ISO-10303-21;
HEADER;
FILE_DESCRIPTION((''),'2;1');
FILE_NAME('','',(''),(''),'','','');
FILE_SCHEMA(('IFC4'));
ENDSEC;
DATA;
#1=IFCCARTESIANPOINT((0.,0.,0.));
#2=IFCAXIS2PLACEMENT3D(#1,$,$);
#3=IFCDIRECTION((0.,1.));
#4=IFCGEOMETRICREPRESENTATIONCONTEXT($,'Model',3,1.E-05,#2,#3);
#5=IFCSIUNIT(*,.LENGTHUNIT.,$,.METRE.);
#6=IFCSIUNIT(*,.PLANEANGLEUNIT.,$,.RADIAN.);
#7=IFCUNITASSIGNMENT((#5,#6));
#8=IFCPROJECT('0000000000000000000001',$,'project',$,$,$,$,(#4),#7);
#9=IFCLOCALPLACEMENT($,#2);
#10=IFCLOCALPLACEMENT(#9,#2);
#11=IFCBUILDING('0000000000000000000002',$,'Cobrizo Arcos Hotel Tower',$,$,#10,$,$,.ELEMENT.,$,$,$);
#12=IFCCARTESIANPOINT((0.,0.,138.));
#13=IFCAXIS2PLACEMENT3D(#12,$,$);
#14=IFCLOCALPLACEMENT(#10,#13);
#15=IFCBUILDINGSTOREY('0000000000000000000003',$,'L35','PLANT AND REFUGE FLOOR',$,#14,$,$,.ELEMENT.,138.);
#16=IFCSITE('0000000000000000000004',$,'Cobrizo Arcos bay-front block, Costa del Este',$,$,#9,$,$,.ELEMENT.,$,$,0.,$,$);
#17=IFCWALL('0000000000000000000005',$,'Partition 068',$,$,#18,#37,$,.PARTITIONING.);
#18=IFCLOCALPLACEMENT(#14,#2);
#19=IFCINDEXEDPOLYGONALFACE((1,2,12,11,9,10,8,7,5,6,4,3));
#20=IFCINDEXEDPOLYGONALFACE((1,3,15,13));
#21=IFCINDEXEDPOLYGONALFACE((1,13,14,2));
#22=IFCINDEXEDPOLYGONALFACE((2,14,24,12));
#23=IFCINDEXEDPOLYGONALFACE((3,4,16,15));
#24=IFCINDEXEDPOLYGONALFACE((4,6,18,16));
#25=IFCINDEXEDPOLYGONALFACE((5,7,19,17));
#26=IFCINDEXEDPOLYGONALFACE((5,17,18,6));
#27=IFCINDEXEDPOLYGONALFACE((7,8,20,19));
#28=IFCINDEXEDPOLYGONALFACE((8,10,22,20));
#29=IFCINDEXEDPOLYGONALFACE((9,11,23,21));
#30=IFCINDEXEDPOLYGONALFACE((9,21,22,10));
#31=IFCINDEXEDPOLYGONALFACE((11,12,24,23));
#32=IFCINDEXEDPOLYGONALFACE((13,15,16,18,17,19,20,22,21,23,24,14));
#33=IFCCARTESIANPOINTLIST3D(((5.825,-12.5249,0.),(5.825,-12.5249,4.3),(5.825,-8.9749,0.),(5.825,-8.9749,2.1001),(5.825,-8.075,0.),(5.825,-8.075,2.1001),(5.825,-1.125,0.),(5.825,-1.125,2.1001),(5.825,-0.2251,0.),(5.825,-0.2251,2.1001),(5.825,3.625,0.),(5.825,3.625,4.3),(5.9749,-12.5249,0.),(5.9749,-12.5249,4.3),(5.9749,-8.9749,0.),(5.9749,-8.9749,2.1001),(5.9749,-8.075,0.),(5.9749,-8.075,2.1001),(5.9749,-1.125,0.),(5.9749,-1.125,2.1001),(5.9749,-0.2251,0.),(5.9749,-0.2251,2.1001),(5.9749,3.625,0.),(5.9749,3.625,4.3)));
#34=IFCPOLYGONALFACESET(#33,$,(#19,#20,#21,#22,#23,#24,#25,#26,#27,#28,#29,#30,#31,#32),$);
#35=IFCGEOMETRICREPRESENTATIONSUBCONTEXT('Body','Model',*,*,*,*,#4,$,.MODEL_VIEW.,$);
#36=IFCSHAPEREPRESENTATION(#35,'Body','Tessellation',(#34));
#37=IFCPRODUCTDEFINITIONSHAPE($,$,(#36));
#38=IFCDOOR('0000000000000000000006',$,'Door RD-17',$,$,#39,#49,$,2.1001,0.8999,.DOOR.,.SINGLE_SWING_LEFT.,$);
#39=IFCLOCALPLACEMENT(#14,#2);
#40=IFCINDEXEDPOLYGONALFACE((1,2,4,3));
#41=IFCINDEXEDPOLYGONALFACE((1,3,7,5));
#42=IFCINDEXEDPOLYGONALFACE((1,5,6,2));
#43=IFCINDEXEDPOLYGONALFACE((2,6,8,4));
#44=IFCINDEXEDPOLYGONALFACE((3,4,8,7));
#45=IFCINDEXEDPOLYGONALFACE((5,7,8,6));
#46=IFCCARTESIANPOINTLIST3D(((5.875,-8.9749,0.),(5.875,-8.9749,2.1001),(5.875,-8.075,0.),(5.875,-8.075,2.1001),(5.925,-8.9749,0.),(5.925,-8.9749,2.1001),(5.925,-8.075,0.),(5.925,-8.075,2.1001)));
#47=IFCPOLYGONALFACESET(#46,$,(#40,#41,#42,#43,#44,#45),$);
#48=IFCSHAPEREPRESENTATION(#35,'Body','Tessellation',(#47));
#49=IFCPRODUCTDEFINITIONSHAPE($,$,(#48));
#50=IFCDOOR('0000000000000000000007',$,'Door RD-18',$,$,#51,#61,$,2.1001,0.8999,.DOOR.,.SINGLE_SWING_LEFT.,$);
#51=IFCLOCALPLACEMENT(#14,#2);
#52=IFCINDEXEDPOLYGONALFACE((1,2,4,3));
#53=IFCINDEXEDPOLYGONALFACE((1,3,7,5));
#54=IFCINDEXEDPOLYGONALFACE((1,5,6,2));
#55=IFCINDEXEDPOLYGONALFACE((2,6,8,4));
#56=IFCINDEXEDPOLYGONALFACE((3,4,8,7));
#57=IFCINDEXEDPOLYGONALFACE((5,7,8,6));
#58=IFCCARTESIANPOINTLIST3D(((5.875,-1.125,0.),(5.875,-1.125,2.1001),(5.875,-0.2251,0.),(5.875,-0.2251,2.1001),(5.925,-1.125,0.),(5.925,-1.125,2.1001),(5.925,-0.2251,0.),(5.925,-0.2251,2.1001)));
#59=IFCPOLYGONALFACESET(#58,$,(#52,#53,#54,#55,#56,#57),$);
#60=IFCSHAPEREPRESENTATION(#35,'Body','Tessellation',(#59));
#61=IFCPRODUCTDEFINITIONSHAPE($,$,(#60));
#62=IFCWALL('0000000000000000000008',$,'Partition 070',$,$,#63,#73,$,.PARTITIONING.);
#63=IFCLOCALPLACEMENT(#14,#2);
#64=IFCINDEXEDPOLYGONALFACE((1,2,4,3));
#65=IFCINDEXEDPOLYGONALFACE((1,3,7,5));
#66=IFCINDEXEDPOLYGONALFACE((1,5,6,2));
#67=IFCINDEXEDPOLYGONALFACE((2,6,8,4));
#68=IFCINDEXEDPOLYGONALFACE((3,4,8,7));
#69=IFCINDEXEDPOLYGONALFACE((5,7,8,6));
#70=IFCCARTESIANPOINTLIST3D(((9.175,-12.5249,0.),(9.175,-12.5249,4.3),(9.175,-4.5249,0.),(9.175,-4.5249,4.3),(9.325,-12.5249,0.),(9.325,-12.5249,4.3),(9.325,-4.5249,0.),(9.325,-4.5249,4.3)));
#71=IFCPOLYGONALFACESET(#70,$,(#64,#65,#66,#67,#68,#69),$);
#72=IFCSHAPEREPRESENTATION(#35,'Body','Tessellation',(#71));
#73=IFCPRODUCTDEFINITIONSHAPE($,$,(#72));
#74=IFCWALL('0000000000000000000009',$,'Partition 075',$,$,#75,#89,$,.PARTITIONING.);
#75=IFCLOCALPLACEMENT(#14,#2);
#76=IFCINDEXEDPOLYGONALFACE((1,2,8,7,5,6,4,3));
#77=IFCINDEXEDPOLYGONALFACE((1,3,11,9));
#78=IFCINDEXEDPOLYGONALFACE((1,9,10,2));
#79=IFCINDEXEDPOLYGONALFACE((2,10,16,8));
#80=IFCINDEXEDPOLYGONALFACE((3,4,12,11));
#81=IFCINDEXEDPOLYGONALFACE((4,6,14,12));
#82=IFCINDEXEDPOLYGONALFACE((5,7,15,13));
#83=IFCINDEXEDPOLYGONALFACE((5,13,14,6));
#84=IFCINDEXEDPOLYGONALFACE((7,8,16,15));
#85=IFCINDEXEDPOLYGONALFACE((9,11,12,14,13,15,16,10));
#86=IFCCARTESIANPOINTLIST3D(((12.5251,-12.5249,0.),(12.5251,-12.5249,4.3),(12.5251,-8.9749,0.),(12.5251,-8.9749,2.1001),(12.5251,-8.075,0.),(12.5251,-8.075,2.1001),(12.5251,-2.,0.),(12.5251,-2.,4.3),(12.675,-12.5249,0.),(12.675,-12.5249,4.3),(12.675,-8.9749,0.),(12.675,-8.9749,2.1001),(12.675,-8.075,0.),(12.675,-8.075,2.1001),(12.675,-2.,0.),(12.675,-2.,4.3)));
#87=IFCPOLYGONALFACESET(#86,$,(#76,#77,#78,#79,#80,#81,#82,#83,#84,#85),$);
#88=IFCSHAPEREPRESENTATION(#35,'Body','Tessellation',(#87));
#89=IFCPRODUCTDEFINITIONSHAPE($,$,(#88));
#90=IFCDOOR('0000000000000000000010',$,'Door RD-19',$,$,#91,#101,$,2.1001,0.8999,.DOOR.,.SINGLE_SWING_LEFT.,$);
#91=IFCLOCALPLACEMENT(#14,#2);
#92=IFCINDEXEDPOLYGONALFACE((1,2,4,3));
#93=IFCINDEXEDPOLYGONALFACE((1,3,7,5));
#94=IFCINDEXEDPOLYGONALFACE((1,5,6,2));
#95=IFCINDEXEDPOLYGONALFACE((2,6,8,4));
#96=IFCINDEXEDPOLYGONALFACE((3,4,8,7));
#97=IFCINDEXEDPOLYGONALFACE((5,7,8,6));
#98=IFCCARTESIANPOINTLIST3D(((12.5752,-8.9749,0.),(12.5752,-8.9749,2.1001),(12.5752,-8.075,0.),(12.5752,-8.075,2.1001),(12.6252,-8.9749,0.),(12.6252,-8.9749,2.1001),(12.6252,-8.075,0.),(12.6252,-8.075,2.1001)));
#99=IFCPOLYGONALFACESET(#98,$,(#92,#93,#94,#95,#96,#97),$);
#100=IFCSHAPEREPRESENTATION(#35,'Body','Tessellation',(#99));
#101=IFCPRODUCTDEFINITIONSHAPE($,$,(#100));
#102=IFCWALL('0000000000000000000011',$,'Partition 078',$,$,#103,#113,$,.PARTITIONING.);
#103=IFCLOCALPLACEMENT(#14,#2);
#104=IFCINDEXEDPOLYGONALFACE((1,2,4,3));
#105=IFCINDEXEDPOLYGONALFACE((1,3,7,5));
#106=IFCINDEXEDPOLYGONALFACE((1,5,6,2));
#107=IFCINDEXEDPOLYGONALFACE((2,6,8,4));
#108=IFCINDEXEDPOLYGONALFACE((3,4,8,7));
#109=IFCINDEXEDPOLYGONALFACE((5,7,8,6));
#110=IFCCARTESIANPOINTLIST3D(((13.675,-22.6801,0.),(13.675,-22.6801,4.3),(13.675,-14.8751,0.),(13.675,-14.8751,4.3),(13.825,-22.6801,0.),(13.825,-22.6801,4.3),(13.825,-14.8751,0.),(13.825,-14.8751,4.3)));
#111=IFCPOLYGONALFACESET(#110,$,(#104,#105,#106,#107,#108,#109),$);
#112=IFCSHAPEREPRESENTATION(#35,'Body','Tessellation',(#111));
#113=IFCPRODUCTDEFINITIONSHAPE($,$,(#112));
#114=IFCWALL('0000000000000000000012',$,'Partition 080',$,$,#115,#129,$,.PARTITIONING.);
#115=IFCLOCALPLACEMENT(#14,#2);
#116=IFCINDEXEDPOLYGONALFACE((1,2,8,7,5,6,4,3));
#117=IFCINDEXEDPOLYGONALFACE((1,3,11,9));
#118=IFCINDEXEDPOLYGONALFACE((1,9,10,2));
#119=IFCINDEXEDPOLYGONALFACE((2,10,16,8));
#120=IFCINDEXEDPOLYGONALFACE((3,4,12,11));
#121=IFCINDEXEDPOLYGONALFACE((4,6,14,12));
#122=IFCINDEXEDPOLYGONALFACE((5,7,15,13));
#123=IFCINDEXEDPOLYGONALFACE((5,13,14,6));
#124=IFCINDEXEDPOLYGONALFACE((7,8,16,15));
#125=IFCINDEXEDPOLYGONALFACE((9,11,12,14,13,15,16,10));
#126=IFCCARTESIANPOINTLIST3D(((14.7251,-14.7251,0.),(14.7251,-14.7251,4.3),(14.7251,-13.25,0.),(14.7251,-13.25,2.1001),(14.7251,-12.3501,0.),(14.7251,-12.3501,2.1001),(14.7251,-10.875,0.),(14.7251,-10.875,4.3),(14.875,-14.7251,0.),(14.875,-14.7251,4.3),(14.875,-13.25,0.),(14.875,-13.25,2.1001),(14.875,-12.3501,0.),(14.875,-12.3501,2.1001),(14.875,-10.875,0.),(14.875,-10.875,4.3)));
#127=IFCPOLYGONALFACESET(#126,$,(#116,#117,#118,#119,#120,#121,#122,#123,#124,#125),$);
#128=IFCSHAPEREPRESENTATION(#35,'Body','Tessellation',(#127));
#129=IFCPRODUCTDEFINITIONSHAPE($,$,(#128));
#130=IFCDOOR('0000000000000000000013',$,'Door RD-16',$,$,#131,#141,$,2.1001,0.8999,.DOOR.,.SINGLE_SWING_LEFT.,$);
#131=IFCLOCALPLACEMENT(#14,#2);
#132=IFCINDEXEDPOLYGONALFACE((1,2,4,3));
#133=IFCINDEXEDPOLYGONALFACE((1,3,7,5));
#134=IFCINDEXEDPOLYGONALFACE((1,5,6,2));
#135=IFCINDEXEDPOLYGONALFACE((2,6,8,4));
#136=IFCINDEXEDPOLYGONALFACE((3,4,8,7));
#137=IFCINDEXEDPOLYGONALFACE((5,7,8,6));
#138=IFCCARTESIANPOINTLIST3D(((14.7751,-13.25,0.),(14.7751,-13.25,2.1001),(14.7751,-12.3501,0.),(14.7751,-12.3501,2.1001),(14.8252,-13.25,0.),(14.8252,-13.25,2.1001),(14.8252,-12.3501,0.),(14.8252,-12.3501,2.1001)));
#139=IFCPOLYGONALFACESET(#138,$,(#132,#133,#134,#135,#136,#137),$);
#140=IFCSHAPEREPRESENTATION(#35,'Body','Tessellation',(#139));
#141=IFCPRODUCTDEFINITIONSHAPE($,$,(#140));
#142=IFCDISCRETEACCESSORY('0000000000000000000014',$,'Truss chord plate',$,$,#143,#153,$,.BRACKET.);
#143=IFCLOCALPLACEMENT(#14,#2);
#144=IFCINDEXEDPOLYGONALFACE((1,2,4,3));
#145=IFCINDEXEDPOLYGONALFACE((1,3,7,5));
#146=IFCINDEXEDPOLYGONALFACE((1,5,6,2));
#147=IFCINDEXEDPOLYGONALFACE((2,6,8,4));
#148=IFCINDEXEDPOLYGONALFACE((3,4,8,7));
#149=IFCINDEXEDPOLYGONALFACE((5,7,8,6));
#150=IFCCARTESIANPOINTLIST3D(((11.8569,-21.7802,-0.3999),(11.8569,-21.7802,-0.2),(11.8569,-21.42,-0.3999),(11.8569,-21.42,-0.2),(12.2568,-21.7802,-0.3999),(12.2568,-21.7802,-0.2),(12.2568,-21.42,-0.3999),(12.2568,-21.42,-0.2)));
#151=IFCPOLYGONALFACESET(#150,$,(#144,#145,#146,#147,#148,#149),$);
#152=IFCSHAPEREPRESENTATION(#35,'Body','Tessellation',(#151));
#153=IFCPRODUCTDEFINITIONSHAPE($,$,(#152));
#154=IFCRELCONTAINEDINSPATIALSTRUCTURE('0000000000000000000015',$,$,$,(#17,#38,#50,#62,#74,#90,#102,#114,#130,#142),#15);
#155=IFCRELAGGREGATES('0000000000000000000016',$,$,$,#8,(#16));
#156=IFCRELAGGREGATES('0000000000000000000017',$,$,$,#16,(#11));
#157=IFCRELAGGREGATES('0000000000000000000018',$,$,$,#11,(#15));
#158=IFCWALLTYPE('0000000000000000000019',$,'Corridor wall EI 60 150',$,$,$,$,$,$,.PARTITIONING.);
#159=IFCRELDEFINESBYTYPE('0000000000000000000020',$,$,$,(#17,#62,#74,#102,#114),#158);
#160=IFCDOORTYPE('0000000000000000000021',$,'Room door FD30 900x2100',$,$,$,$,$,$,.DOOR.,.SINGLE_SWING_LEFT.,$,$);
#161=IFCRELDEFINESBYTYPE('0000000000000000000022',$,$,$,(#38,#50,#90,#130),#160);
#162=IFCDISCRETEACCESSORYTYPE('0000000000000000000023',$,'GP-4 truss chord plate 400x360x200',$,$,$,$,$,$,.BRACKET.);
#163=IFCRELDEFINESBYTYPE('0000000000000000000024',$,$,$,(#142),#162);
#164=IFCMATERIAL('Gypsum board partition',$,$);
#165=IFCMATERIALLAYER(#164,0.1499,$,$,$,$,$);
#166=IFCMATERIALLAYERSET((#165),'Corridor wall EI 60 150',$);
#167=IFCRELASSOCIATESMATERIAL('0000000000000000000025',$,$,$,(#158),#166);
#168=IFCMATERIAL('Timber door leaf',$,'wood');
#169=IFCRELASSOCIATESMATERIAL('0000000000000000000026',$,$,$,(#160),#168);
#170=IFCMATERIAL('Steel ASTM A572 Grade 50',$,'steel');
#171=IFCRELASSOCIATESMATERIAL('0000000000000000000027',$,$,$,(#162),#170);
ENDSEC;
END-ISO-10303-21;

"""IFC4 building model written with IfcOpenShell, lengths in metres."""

from ifc_helpers import new_model, si_unit, direction, frame, frame_2d, origin, origin_2d, place, context, subcontext, project, spatial, rectangle, extrude, material, layer, layer_set, type_object, element, fill, save


model = new_model("IFC4")

# Units and contexts
model_context = context("Model", 3, precision=1e-05, world=origin(), true_north=direction((0.0, 1.0)))
body_context = subcontext(model_context, "Body", "Model", "MODEL_VIEW")
ifc_project = project(units=[si_unit("LENGTHUNIT", "METRE"), si_unit("PLANEANGLEUNIT", "RADIAN")], contexts=[model_context])

# Site, building, storey
site_placement = place(None, origin())
site = spatial("IfcSite", under=ifc_project, at=site_placement, Name="Cobrizo Arcos bay-front block, Costa del Este", CompositionType="ELEMENT", RefElevation=0.0)
building_placement = place(site_placement, origin())
building = spatial("IfcBuilding", under=site, at=building_placement, Name="Cobrizo Arcos Hotel Tower", CompositionType="ELEMENT")
storey_placement = place(building_placement, frame((0.0, 0.0, 138.0)))
storey = spatial("IfcBuildingStorey", under=building, at=storey_placement, Name="L35", Description="PLANT AND REFUGE FLOOR", CompositionType="ELEMENT", Elevation=138.0)

# Shared definitions
ifc_material_1 = material(Name="Steel ASTM A572 Grade 50", Category="steel")

# Shared definitions
ifc_material_2 = material(Name="Gypsum board partition")
ifc_layer_1 = layer(ifc_material_2, 0.1499)
ifc_layer_set_1 = layer_set([ifc_layer_1], Name="Corridor wall EI 60 150")
wall_type = type_object("IfcWallType", Name="Corridor wall EI 60 150", PredefinedType="PARTITIONING", material=ifc_layer_set_1)

# Wall, openings, doors
wall_1_placement = place(storey_placement, frame((5.8999, -12.5249, 0.0), z_axis=(0.0, 0.0, 1.0), x_axis=(0.0, 1.0, 0.0)))
wall_1 = element("IfcWall", 1, at=wall_1_placement, inside=storey, type_object=wall_type, Name="Partition 068", PredefinedType="PARTITIONING", context=body_context, shape_type="SweptSolid", body=[
    extrude(rectangle(XDim=16.1499, YDim=0.1499, at=frame_2d((8.075, 0.0))), origin(), (0.0, 0.0, 1.0), 4.3),
])
opening_1_placement = place(wall_1_placement, frame((3.55, 0.0, 0.0)))
opening_1 = element("IfcOpeningElement", 2, at=opening_1_placement, cuts=wall_1, PredefinedType="OPENING", context=body_context, shape_type="SweptSolid", body=[
    extrude(rectangle(XDim=0.8999, YDim=2.1001, at=frame_2d((0.45, 1.05))), frame((0.0, 0.0869, 0.0), z_axis=(0.0, -1.0, 0.0), x_axis=(1.0, 0.0, 0.0)), (0.0, 0.0, 1.0), 0.1738),
])
opening_2_placement = place(wall_1_placement, frame((11.3999, 0.0, 0.0)))
opening_2 = element("IfcOpeningElement", 3, at=opening_2_placement, cuts=wall_1, PredefinedType="OPENING", context=body_context, shape_type="SweptSolid", body=[
    extrude(rectangle(XDim=0.8999, YDim=2.1001, at=frame_2d((0.45, 1.05))), frame((0.0, 0.0869, 0.0), z_axis=(0.0, -1.0, 0.0), x_axis=(1.0, 0.0, 0.0)), (0.0, 0.0, 1.0), 0.1738),
])
ifc_material_3 = material(Name="Timber door leaf", Category="wood")
door_type = type_object("IfcDoorType", Name="Room door FD30 900x2100", OperationType="SINGLE_SWING_LEFT", PredefinedType="DOOR", material=ifc_material_3)
door_1_placement = place(opening_1_placement, origin())
door_1 = element("IfcDoor", 4, at=door_1_placement, inside=storey, type_object=door_type, Name="Door RD-17", OperationType="SINGLE_SWING_LEFT", OverallHeight=2.1001, OverallWidth=0.8999, PredefinedType="DOOR", context=body_context, shape_type="SweptSolid", body=[
    extrude(rectangle(XDim=0.8999, YDim=2.1001, at=frame_2d((0.45, 1.05))), frame((0.0, 0.0249, 0.0), z_axis=(0.0, -1.0, 0.0), x_axis=(1.0, 0.0, 0.0)), (0.0, 0.0, 1.0), 0.05),
])
fill(opening_1, door_1)
door_2_placement = place(opening_2_placement, origin())
door_2 = element("IfcDoor", 5, at=door_2_placement, inside=storey, type_object=door_type, Name="Door RD-18", OperationType="SINGLE_SWING_LEFT", OverallHeight=2.1001, OverallWidth=0.8999, PredefinedType="DOOR", context=body_context, shape_type="SweptSolid", body=[
    extrude(rectangle(XDim=0.8999, YDim=2.1001, at=frame_2d((0.45, 1.05))), frame((0.0, 0.0249, 0.0), z_axis=(0.0, -1.0, 0.0), x_axis=(1.0, 0.0, 0.0)), (0.0, 0.0, 1.0), 0.05),
])
fill(opening_2, door_2)

# Wall
wall_2_placement = place(storey_placement, frame((9.25, -12.5249, 0.0), z_axis=(0.0, 0.0, 1.0), x_axis=(0.0, 1.0, 0.0)))
element("IfcWall", 6, at=wall_2_placement, inside=storey, type_object=wall_type, Name="Partition 070", PredefinedType="PARTITIONING", context=body_context, shape_type="SweptSolid", body=[
    extrude(rectangle(XDim=8.0, YDim=0.1499, at=frame_2d((4.0, 0.0))), origin(), (0.0, 0.0, 1.0), 4.3),
])

# Wall, opening, door
wall_3_placement = place(storey_placement, frame((12.6001, -12.5249, 0.0), z_axis=(0.0, 0.0, 1.0), x_axis=(0.0, 1.0, 0.0)))
wall_3 = element("IfcWall", 7, at=wall_3_placement, inside=storey, type_object=wall_type, Name="Partition 075", PredefinedType="PARTITIONING", context=body_context, shape_type="SweptSolid", body=[
    extrude(rectangle(XDim=10.5249, YDim=0.1499, at=frame_2d((5.2625, 0.0))), origin(), (0.0, 0.0, 1.0), 4.3),
])
opening_3_placement = place(wall_3_placement, frame((3.55, 0.0, 0.0)))
opening_3 = element("IfcOpeningElement", 8, at=opening_3_placement, cuts=wall_3, PredefinedType="OPENING", context=body_context, shape_type="SweptSolid", body=[
    extrude(rectangle(XDim=0.8999, YDim=2.1001, at=frame_2d((0.45, 1.05))), frame((0.0, 0.0869, 0.0), z_axis=(0.0, -1.0, 0.0), x_axis=(1.0, 0.0, 0.0)), (0.0, 0.0, 1.0), 0.1738),
])
door_3_placement = place(opening_3_placement, origin())
door_3 = element("IfcDoor", 9, at=door_3_placement, inside=storey, type_object=door_type, Name="Door RD-19", OperationType="SINGLE_SWING_LEFT", OverallHeight=2.1001, OverallWidth=0.8999, PredefinedType="DOOR", context=body_context, shape_type="SweptSolid", body=[
    extrude(rectangle(XDim=0.8999, YDim=2.1001, at=frame_2d((0.45, 1.05))), frame((0.0, 0.0249, 0.0), z_axis=(0.0, -1.0, 0.0), x_axis=(1.0, 0.0, 0.0)), (0.0, 0.0, 1.0), 0.05),
])
fill(opening_3, door_3)

# Wall
wall_4_placement = place(storey_placement, frame((13.75, -22.6799, 0.0), z_axis=(0.0, 0.0, 1.0), x_axis=(0.0, 1.0, 0.0)))
element("IfcWall", 10, at=wall_4_placement, inside=storey, type_object=wall_type, Name="Partition 078", PredefinedType="PARTITIONING", context=body_context, shape_type="SweptSolid", body=[
    extrude(rectangle(XDim=7.8049, YDim=0.1499, at=frame_2d((3.9023, 0.0))), origin(), (0.0, 0.0, 1.0), 4.3),
])

# Wall, opening, door
wall_5_placement = place(storey_placement, frame((14.8, -14.7251, 0.0), z_axis=(0.0, 0.0, 1.0), x_axis=(0.0, 1.0, 0.0)))
wall_5 = element("IfcWall", 11, at=wall_5_placement, inside=storey, type_object=wall_type, Name="Partition 080", PredefinedType="PARTITIONING", context=body_context, shape_type="SweptSolid", body=[
    extrude(rectangle(XDim=3.8501, YDim=0.1499, at=frame_2d((1.925, 0.0))), origin(), (0.0, 0.0, 1.0), 4.3),
])
opening_4_placement = place(wall_5_placement, frame((1.4751, 0.0, 0.0)))
opening_4 = element("IfcOpeningElement", 12, at=opening_4_placement, cuts=wall_5, PredefinedType="OPENING", context=body_context, shape_type="SweptSolid", body=[
    extrude(rectangle(XDim=0.8999, YDim=2.1001, at=frame_2d((0.45, 1.05))), frame((0.0, 0.0869, 0.0), z_axis=(0.0, -1.0, 0.0), x_axis=(1.0, 0.0, 0.0)), (0.0, 0.0, 1.0), 0.1738),
])
door_4_placement = place(opening_4_placement, origin())
door_4 = element("IfcDoor", 13, at=door_4_placement, inside=storey, type_object=door_type, Name="Door RD-16", OperationType="SINGLE_SWING_LEFT", OverallHeight=2.1001, OverallWidth=0.8999, PredefinedType="DOOR", context=body_context, shape_type="SweptSolid", body=[
    extrude(rectangle(XDim=0.8999, YDim=2.1001, at=frame_2d((0.45, 1.05))), frame((0.0, 0.0249, 0.0), z_axis=(0.0, -1.0, 0.0), x_axis=(1.0, 0.0, 0.0)), (0.0, 0.0, 1.0), 0.05),
])
fill(opening_4, door_4)

# Discrete accessory
discrete_accessory_type = type_object("IfcDiscreteAccessoryType", Name="GP-4 truss chord plate 400x360x200", PredefinedType="BRACKET", material=ifc_material_1)
discrete_accessory_placement = place(storey_placement, frame((12.0569, -21.6001, -0.3999), z_axis=(0.0, 0.0, 1.0), x_axis=(1.0, 0.0, 0.0)))
element("IfcDiscreteAccessory", 14, at=discrete_accessory_placement, inside=storey, type_object=discrete_accessory_type, Name="Truss chord plate", PredefinedType="BRACKET", context=body_context, shape_type="SweptSolid", body=[
    extrude(rectangle(XDim=0.3999, YDim=0.3601, at=origin_2d()), origin(), (0.0, 0.0, 1.0), 0.2),
])

save(model, "model.ifc")
